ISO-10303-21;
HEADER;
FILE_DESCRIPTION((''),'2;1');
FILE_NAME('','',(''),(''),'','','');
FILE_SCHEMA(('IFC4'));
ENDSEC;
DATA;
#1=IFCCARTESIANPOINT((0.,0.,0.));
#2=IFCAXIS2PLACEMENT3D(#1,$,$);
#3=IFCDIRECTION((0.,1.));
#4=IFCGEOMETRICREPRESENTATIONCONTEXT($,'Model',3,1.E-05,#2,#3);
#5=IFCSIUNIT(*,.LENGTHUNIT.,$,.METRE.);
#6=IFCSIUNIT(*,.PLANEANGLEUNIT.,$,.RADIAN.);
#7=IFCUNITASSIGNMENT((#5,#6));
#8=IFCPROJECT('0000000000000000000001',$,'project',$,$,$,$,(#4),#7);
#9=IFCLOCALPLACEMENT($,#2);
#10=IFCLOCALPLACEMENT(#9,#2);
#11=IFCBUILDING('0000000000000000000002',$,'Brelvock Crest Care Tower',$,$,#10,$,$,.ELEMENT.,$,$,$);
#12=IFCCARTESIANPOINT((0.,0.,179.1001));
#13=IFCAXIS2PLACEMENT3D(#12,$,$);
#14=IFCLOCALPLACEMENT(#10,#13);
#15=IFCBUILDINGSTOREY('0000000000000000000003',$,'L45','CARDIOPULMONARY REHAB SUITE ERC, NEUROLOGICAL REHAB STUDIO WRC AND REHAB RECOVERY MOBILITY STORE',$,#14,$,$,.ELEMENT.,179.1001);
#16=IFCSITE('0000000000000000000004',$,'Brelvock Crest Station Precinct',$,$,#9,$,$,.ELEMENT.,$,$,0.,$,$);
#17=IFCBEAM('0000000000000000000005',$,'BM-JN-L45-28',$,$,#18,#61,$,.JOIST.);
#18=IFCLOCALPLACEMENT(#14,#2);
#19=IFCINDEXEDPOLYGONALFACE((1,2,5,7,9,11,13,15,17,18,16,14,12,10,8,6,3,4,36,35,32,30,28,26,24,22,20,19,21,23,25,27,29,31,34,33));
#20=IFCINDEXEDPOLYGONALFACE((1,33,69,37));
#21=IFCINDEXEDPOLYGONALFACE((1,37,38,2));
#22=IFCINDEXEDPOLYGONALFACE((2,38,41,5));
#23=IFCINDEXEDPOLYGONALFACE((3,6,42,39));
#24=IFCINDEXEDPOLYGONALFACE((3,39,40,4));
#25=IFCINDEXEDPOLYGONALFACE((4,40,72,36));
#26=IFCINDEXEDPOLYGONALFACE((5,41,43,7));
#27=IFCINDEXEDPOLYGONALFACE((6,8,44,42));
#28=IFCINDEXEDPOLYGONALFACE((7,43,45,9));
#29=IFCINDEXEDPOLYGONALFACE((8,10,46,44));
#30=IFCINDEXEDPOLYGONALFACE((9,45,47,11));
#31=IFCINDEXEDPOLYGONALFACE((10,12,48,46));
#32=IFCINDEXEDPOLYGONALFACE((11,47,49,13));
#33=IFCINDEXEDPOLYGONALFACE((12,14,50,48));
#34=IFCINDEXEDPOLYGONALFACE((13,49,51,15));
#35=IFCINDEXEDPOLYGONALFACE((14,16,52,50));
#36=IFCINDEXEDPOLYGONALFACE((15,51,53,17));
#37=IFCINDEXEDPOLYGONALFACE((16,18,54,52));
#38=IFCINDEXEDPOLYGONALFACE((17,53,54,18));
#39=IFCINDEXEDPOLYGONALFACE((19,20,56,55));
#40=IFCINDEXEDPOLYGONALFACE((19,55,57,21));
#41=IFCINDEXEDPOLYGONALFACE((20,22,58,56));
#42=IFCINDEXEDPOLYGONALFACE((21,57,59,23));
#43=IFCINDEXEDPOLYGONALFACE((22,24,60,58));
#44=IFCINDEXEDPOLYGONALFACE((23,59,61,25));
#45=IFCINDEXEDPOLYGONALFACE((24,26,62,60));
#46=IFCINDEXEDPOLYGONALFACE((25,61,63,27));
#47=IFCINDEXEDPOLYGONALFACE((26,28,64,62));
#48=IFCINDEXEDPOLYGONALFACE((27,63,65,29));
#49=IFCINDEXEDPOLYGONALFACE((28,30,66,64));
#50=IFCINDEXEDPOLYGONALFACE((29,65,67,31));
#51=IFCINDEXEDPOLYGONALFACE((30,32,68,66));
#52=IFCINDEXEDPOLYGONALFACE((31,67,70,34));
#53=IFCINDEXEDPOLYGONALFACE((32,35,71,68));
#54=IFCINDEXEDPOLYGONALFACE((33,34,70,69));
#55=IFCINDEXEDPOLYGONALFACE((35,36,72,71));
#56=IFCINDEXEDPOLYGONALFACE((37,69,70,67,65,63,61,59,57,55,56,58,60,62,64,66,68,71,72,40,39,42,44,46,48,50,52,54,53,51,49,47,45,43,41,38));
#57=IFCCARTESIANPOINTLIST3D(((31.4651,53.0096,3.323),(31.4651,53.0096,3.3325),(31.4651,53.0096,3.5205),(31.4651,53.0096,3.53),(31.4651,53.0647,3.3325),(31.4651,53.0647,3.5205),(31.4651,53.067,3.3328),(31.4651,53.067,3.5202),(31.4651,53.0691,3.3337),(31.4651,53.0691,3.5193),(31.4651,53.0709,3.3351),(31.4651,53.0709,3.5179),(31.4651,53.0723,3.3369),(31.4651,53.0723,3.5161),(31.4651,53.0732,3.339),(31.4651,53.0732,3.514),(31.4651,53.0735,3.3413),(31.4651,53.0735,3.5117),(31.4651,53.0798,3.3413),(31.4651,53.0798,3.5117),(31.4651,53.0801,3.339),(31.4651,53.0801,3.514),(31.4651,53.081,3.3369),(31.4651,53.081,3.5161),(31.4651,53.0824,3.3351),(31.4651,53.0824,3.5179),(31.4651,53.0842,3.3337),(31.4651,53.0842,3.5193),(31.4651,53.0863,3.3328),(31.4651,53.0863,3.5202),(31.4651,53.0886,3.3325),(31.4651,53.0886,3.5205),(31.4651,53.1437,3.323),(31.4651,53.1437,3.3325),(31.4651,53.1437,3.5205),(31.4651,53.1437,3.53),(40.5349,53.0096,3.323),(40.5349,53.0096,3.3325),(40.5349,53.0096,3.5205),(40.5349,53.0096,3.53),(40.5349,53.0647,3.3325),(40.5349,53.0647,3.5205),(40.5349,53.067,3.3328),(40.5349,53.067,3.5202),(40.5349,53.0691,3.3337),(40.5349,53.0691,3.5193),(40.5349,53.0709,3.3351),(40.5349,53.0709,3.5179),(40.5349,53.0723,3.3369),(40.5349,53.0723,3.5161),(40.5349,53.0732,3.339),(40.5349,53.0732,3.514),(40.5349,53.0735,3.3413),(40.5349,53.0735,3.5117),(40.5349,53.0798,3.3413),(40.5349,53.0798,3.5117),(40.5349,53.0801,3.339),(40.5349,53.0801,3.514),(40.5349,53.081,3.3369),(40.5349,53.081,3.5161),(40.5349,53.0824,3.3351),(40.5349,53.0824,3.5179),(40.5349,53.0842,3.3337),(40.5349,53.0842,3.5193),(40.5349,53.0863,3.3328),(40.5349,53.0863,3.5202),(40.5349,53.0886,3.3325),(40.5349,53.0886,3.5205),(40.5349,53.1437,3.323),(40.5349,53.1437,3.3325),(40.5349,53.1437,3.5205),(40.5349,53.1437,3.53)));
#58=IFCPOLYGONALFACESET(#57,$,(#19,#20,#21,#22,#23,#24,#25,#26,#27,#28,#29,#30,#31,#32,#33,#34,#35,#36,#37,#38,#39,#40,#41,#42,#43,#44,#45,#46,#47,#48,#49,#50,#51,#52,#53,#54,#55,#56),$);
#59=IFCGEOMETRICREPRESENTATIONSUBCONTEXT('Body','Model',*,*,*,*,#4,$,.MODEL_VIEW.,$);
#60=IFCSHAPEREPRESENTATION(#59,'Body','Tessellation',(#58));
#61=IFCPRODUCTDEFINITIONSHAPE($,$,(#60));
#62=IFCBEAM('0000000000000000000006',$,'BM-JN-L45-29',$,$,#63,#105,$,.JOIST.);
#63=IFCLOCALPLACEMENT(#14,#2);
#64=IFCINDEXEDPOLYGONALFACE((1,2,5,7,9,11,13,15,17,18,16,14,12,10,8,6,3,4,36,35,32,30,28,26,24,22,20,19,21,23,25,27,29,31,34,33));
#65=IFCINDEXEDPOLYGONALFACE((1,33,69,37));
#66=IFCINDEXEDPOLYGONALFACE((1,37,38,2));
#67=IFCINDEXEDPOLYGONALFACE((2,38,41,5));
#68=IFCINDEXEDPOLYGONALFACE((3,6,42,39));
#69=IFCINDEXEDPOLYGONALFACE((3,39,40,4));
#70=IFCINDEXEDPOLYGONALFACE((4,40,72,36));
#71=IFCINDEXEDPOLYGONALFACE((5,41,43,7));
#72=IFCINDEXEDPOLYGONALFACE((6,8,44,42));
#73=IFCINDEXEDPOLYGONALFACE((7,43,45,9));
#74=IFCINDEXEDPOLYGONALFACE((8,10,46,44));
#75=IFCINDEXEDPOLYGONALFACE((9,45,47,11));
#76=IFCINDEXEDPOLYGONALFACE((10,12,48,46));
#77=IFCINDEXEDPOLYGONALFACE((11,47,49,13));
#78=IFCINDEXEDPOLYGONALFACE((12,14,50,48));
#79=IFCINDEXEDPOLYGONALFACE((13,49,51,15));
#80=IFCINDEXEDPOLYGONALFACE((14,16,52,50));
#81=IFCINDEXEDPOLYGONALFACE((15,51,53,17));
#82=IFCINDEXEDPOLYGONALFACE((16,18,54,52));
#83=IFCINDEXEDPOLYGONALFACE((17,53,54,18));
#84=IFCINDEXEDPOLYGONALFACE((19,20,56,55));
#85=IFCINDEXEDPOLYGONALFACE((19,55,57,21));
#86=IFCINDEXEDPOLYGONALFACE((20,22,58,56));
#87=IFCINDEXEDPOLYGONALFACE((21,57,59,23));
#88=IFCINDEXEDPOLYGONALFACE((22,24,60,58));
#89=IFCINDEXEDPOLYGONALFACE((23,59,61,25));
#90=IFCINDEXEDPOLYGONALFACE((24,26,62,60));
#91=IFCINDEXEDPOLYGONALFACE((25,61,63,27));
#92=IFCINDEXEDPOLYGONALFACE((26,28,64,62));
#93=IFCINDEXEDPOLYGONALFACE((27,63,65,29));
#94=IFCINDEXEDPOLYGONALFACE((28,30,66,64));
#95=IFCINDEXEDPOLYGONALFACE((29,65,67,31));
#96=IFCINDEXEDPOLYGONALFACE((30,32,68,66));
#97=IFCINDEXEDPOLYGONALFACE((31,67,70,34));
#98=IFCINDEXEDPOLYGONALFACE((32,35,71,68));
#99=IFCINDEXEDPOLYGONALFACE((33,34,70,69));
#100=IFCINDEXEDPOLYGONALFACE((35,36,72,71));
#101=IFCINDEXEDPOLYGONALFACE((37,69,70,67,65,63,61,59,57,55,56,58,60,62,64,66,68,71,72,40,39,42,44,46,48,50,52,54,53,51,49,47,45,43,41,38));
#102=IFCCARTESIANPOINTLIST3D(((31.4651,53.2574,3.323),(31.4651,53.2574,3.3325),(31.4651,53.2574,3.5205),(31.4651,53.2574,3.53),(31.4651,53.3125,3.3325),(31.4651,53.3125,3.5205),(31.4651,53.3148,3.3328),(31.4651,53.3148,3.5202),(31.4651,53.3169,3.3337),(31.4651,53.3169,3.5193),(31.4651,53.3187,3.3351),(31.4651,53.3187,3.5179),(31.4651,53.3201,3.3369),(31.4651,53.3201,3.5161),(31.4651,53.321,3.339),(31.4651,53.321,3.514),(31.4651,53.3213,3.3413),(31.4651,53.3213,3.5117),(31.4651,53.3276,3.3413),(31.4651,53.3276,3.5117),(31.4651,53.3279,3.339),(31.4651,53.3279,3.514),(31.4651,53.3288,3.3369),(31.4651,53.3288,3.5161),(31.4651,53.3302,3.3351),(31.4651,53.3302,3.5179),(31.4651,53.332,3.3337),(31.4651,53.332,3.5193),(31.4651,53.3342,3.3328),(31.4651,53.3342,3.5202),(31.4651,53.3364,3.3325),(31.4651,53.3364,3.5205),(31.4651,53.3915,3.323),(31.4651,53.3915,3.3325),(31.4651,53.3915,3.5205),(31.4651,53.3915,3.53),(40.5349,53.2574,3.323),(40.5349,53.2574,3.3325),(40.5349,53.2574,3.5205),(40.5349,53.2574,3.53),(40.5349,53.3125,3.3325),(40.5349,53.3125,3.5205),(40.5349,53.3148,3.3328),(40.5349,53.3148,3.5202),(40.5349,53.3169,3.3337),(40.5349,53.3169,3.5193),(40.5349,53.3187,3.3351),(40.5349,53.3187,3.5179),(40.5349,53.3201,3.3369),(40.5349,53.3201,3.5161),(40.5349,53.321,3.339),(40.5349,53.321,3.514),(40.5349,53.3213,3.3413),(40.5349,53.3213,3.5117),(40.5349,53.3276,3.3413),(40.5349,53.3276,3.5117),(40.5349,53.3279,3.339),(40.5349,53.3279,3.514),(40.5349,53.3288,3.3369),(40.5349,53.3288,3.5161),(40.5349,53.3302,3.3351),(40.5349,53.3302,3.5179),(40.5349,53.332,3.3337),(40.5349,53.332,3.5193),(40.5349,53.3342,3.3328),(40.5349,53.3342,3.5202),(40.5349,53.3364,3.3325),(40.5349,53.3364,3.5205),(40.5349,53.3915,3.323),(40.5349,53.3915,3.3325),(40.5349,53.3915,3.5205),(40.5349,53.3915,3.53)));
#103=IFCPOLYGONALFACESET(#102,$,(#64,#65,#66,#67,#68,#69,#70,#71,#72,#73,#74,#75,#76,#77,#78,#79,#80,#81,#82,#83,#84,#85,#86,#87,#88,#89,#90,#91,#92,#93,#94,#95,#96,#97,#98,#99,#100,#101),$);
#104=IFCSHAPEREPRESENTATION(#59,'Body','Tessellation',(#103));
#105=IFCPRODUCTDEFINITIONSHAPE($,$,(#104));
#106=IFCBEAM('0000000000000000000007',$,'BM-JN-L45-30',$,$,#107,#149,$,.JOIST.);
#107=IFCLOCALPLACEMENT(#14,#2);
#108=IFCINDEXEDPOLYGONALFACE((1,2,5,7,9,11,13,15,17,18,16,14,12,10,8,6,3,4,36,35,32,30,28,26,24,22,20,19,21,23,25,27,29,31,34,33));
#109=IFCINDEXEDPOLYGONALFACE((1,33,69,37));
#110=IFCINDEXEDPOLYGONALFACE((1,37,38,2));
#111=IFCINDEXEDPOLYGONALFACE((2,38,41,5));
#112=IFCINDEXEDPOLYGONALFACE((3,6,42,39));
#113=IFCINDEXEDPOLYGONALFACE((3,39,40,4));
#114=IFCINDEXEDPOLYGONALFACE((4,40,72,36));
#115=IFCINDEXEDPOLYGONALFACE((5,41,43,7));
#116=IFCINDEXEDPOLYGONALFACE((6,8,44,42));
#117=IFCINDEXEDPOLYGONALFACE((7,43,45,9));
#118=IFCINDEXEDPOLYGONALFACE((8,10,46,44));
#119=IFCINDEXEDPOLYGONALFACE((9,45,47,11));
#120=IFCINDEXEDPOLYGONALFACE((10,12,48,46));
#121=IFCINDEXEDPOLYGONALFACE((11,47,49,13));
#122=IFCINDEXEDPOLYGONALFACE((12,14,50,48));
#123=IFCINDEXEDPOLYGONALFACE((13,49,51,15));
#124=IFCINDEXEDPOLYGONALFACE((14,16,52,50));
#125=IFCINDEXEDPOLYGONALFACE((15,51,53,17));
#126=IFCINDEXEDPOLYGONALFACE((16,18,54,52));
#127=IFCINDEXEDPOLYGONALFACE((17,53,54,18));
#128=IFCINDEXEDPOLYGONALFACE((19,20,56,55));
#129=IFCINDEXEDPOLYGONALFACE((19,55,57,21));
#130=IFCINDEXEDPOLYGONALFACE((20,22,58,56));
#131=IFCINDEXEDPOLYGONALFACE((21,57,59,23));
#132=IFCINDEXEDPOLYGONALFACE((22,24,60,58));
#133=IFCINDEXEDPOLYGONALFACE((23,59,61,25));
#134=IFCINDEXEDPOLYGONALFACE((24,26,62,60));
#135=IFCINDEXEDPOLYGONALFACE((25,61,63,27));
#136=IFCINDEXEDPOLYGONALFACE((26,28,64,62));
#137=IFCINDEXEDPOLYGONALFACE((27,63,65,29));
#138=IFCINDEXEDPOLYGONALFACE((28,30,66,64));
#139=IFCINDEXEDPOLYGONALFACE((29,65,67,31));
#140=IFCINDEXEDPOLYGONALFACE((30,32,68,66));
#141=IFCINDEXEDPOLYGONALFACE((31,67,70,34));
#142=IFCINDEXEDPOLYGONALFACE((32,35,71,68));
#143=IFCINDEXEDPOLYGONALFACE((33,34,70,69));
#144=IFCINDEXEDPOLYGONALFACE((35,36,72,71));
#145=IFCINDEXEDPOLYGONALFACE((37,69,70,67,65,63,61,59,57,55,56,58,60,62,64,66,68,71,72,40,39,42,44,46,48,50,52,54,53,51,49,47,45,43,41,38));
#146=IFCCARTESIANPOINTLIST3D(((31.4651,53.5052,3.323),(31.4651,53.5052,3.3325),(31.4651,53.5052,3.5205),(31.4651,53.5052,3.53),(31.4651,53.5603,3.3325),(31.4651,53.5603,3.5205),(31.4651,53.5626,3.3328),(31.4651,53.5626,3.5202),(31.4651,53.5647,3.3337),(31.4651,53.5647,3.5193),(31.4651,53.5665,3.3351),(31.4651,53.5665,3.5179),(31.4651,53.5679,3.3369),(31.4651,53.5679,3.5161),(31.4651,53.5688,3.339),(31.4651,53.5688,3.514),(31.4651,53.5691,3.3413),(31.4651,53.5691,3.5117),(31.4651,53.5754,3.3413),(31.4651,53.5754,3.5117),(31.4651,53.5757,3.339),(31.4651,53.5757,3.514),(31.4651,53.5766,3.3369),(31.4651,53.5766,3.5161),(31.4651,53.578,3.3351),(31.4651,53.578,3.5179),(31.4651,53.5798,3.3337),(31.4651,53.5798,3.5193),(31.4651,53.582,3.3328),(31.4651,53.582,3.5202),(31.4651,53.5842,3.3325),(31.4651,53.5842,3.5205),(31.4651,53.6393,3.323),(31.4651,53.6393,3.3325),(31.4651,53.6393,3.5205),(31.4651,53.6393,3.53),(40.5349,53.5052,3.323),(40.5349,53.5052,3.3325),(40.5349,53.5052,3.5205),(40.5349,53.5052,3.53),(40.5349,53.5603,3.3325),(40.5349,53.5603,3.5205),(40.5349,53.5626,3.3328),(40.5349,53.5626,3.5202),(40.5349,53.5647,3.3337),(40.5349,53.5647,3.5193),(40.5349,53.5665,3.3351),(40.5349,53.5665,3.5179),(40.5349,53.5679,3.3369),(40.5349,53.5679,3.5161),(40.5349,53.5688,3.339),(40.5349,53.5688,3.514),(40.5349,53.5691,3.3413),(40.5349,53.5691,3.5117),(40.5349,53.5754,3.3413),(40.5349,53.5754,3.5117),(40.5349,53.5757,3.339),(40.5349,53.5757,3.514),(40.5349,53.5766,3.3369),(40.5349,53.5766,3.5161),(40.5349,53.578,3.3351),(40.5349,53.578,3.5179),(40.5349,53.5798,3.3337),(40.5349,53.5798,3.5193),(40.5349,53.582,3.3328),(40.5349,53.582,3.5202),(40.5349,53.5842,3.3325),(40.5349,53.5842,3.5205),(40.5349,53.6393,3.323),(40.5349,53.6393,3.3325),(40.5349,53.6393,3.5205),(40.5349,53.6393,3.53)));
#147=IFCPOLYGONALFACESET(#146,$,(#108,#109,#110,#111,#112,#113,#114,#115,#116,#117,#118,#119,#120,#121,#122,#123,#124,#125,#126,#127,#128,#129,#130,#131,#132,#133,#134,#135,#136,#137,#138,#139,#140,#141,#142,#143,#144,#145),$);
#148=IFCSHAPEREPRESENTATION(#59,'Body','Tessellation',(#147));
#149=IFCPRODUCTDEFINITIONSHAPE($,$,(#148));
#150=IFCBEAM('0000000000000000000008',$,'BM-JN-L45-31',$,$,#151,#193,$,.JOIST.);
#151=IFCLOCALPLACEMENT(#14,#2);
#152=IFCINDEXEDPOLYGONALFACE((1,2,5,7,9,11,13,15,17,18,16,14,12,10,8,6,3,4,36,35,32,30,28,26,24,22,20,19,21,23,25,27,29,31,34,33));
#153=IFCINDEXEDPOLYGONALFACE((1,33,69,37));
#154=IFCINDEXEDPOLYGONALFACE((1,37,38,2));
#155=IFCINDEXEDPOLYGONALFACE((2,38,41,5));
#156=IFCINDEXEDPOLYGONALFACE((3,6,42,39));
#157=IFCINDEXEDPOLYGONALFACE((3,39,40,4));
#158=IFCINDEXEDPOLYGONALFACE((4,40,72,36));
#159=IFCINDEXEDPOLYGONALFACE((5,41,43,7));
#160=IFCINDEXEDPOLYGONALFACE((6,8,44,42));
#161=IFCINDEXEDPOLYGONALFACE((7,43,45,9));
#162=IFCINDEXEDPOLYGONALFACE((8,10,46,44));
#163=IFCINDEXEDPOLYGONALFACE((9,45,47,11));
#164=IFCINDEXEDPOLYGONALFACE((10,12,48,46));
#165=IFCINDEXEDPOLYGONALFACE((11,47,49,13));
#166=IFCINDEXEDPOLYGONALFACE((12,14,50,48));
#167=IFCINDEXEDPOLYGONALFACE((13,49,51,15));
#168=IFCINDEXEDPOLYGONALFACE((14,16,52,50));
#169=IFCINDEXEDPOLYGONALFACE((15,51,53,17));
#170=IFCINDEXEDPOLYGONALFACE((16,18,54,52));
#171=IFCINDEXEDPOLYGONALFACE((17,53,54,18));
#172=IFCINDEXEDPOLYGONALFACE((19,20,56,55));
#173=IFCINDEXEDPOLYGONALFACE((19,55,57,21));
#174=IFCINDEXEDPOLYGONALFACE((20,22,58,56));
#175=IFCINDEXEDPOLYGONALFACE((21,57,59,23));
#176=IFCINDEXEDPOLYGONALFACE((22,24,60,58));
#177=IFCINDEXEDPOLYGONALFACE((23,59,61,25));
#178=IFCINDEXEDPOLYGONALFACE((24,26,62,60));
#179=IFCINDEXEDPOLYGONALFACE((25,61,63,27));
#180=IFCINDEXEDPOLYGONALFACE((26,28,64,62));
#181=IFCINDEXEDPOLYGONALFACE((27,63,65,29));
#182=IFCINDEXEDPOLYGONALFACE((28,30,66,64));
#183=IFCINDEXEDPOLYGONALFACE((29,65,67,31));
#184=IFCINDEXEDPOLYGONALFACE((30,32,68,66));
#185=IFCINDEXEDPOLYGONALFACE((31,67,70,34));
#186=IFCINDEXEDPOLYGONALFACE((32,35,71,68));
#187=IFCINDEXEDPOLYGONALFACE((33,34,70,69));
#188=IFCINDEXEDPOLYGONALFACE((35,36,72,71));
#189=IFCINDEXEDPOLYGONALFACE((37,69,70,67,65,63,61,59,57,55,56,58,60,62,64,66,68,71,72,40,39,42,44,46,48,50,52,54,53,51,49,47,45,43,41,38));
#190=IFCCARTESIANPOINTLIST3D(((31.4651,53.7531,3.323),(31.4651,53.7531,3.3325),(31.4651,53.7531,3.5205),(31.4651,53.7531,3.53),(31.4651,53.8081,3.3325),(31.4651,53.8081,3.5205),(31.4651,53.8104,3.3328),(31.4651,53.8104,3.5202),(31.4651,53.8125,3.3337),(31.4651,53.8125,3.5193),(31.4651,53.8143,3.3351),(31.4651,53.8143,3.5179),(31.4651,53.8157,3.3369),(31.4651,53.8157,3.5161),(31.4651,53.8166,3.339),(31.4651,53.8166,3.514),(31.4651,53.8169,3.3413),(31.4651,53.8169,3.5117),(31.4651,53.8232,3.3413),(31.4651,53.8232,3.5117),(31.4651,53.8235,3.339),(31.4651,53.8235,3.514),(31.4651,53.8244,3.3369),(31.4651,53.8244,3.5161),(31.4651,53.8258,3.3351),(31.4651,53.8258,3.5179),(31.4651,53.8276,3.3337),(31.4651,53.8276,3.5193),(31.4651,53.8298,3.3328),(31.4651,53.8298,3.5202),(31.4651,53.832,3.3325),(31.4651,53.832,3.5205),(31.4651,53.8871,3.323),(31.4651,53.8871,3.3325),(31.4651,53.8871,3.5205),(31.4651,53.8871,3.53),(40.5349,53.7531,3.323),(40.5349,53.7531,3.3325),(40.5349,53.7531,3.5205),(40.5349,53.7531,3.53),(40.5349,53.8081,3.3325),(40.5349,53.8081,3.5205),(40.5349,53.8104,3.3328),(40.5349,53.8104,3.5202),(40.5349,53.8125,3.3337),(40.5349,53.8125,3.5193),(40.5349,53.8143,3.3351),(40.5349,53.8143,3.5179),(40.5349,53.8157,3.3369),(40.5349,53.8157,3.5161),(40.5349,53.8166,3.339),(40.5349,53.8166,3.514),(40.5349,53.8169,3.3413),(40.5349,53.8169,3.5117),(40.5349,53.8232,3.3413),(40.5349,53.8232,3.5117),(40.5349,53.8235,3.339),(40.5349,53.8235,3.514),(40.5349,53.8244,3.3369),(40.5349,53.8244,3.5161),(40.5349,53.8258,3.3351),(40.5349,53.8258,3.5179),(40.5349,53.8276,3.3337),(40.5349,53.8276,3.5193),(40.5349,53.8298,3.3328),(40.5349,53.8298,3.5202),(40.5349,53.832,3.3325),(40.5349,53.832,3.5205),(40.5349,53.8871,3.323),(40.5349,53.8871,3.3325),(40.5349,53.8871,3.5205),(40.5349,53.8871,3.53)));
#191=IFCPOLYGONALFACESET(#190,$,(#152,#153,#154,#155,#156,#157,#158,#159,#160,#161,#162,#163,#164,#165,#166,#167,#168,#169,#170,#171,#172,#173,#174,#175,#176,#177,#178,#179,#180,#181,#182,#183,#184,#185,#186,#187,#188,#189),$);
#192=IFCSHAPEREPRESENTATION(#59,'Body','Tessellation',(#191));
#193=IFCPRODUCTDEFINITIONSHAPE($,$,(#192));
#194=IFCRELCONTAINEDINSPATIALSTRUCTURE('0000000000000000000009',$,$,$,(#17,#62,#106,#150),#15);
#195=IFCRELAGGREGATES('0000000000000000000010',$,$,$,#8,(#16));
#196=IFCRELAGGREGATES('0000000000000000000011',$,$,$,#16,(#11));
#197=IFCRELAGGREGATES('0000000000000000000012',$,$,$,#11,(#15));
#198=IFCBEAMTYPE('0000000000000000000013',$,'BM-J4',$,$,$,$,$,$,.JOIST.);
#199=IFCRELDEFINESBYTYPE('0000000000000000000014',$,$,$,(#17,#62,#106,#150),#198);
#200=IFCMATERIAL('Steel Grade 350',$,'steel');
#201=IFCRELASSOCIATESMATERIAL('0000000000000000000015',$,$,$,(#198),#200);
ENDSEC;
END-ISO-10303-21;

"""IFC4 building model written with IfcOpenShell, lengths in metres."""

from ifc_helpers import new_model, si_unit, direction, frame, origin, origin_2d, place, context, subcontext, project, spatial, i_section, extrude, source, transform, mapped, material, material_profile, profile_set, type_object, element, save


model = new_model("IFC4")

# Units and contexts
model_context = context("Model", 3, precision=1e-05, world=origin(), true_north=direction((0.0, 1.0)))
body_context = subcontext(model_context, "Body", "Model", "MODEL_VIEW")
ifc_project = project(units=[si_unit("LENGTHUNIT", "METRE"), si_unit("PLANEANGLEUNIT", "RADIAN")], contexts=[model_context])

# Site, building, storey
site_placement = place(None, origin())
site = spatial("IfcSite", under=ifc_project, at=site_placement, Name="Brelvock Crest Station Precinct", CompositionType="ELEMENT", RefElevation=0.0)
building_placement = place(site_placement, origin())
building = spatial("IfcBuilding", under=site, at=building_placement, Name="Brelvock Crest Care Tower", CompositionType="ELEMENT")
storey_placement = place(building_placement, frame((0.0, 0.0, 179.1001)))
storey = spatial("IfcBuildingStorey", under=building, at=storey_placement, Name="L45", Description="CARDIOPULMONARY REHAB SUITE ERC, NEUROLOGICAL REHAB STUDIO WRC AND REHAB RECOVERY MOBILITY STORE", CompositionType="ELEMENT", Elevation=179.1001)

# Shared definitions
ifc_material_1 = material(Name="Steel Grade 350", Category="steel")

# Beams
ifc_material_profile_1 = material_profile(ifc_material_1, i_section(OverallWidth=0.134, OverallDepth=0.207, WebThickness=0.0063, FlangeThickness=0.0095, FilletRadius=0.0088, at=origin_2d()), Name="200UB29.8")
ifc_profile_set_1 = profile_set([ifc_material_profile_1], Name="Steel Grade 350")
beam_type_1 = type_object("IfcBeamType", Name="BM-J4", PredefinedType="JOIST", material=ifc_profile_set_1)
shared_shape_1 = source(origin(), body_context, "Body", "SweptSolid", [
    extrude(i_section(OverallWidth=0.134, OverallDepth=0.207, WebThickness=0.0063, FlangeThickness=0.0095, FilletRadius=0.0088, at=origin_2d()), origin(), (0.0, 0.0, 1.0), 9.0698),
])
for number, where, z_axis, x_axis, name in (
    (1, (31.4651, 53.0767, 3.4265), (1.0, 0.0, 0.0), (0.0, 1.0, 0.0), "BM-JN-L45-28"),
    (2, (31.4651, 53.3245, 3.4265), (1.0, 0.0, 0.0), (0.0, 1.0, 0.0), "BM-JN-L45-29"),
    (3, (31.4651, 53.5723, 3.4265), (1.0, 0.0, 0.0), (0.0, 1.0, 0.0), "BM-JN-L45-30"),
    (4, (31.4651, 53.8201, 3.4265), (1.0, 0.0, 0.0), (0.0, 1.0, 0.0), "BM-JN-L45-31"),
):
    element("IfcBeam", number, at=place(storey_placement, frame(where, z_axis=z_axis, x_axis=x_axis)), inside=storey, type_object=beam_type_1, Name=name, PredefinedType="JOIST", context=body_context, shape_type="MappedRepresentation", body=[
        mapped(shared_shape_1, transform((0.0, 0.0, 0.0), x_axis=(1.0, 0.0, 0.0), y_axis=(0.0, 1.0, 0.0), z_axis=(0.0, 0.0, 1.0), scale=1.0)),
    ])

save(model, "model.ifc")
